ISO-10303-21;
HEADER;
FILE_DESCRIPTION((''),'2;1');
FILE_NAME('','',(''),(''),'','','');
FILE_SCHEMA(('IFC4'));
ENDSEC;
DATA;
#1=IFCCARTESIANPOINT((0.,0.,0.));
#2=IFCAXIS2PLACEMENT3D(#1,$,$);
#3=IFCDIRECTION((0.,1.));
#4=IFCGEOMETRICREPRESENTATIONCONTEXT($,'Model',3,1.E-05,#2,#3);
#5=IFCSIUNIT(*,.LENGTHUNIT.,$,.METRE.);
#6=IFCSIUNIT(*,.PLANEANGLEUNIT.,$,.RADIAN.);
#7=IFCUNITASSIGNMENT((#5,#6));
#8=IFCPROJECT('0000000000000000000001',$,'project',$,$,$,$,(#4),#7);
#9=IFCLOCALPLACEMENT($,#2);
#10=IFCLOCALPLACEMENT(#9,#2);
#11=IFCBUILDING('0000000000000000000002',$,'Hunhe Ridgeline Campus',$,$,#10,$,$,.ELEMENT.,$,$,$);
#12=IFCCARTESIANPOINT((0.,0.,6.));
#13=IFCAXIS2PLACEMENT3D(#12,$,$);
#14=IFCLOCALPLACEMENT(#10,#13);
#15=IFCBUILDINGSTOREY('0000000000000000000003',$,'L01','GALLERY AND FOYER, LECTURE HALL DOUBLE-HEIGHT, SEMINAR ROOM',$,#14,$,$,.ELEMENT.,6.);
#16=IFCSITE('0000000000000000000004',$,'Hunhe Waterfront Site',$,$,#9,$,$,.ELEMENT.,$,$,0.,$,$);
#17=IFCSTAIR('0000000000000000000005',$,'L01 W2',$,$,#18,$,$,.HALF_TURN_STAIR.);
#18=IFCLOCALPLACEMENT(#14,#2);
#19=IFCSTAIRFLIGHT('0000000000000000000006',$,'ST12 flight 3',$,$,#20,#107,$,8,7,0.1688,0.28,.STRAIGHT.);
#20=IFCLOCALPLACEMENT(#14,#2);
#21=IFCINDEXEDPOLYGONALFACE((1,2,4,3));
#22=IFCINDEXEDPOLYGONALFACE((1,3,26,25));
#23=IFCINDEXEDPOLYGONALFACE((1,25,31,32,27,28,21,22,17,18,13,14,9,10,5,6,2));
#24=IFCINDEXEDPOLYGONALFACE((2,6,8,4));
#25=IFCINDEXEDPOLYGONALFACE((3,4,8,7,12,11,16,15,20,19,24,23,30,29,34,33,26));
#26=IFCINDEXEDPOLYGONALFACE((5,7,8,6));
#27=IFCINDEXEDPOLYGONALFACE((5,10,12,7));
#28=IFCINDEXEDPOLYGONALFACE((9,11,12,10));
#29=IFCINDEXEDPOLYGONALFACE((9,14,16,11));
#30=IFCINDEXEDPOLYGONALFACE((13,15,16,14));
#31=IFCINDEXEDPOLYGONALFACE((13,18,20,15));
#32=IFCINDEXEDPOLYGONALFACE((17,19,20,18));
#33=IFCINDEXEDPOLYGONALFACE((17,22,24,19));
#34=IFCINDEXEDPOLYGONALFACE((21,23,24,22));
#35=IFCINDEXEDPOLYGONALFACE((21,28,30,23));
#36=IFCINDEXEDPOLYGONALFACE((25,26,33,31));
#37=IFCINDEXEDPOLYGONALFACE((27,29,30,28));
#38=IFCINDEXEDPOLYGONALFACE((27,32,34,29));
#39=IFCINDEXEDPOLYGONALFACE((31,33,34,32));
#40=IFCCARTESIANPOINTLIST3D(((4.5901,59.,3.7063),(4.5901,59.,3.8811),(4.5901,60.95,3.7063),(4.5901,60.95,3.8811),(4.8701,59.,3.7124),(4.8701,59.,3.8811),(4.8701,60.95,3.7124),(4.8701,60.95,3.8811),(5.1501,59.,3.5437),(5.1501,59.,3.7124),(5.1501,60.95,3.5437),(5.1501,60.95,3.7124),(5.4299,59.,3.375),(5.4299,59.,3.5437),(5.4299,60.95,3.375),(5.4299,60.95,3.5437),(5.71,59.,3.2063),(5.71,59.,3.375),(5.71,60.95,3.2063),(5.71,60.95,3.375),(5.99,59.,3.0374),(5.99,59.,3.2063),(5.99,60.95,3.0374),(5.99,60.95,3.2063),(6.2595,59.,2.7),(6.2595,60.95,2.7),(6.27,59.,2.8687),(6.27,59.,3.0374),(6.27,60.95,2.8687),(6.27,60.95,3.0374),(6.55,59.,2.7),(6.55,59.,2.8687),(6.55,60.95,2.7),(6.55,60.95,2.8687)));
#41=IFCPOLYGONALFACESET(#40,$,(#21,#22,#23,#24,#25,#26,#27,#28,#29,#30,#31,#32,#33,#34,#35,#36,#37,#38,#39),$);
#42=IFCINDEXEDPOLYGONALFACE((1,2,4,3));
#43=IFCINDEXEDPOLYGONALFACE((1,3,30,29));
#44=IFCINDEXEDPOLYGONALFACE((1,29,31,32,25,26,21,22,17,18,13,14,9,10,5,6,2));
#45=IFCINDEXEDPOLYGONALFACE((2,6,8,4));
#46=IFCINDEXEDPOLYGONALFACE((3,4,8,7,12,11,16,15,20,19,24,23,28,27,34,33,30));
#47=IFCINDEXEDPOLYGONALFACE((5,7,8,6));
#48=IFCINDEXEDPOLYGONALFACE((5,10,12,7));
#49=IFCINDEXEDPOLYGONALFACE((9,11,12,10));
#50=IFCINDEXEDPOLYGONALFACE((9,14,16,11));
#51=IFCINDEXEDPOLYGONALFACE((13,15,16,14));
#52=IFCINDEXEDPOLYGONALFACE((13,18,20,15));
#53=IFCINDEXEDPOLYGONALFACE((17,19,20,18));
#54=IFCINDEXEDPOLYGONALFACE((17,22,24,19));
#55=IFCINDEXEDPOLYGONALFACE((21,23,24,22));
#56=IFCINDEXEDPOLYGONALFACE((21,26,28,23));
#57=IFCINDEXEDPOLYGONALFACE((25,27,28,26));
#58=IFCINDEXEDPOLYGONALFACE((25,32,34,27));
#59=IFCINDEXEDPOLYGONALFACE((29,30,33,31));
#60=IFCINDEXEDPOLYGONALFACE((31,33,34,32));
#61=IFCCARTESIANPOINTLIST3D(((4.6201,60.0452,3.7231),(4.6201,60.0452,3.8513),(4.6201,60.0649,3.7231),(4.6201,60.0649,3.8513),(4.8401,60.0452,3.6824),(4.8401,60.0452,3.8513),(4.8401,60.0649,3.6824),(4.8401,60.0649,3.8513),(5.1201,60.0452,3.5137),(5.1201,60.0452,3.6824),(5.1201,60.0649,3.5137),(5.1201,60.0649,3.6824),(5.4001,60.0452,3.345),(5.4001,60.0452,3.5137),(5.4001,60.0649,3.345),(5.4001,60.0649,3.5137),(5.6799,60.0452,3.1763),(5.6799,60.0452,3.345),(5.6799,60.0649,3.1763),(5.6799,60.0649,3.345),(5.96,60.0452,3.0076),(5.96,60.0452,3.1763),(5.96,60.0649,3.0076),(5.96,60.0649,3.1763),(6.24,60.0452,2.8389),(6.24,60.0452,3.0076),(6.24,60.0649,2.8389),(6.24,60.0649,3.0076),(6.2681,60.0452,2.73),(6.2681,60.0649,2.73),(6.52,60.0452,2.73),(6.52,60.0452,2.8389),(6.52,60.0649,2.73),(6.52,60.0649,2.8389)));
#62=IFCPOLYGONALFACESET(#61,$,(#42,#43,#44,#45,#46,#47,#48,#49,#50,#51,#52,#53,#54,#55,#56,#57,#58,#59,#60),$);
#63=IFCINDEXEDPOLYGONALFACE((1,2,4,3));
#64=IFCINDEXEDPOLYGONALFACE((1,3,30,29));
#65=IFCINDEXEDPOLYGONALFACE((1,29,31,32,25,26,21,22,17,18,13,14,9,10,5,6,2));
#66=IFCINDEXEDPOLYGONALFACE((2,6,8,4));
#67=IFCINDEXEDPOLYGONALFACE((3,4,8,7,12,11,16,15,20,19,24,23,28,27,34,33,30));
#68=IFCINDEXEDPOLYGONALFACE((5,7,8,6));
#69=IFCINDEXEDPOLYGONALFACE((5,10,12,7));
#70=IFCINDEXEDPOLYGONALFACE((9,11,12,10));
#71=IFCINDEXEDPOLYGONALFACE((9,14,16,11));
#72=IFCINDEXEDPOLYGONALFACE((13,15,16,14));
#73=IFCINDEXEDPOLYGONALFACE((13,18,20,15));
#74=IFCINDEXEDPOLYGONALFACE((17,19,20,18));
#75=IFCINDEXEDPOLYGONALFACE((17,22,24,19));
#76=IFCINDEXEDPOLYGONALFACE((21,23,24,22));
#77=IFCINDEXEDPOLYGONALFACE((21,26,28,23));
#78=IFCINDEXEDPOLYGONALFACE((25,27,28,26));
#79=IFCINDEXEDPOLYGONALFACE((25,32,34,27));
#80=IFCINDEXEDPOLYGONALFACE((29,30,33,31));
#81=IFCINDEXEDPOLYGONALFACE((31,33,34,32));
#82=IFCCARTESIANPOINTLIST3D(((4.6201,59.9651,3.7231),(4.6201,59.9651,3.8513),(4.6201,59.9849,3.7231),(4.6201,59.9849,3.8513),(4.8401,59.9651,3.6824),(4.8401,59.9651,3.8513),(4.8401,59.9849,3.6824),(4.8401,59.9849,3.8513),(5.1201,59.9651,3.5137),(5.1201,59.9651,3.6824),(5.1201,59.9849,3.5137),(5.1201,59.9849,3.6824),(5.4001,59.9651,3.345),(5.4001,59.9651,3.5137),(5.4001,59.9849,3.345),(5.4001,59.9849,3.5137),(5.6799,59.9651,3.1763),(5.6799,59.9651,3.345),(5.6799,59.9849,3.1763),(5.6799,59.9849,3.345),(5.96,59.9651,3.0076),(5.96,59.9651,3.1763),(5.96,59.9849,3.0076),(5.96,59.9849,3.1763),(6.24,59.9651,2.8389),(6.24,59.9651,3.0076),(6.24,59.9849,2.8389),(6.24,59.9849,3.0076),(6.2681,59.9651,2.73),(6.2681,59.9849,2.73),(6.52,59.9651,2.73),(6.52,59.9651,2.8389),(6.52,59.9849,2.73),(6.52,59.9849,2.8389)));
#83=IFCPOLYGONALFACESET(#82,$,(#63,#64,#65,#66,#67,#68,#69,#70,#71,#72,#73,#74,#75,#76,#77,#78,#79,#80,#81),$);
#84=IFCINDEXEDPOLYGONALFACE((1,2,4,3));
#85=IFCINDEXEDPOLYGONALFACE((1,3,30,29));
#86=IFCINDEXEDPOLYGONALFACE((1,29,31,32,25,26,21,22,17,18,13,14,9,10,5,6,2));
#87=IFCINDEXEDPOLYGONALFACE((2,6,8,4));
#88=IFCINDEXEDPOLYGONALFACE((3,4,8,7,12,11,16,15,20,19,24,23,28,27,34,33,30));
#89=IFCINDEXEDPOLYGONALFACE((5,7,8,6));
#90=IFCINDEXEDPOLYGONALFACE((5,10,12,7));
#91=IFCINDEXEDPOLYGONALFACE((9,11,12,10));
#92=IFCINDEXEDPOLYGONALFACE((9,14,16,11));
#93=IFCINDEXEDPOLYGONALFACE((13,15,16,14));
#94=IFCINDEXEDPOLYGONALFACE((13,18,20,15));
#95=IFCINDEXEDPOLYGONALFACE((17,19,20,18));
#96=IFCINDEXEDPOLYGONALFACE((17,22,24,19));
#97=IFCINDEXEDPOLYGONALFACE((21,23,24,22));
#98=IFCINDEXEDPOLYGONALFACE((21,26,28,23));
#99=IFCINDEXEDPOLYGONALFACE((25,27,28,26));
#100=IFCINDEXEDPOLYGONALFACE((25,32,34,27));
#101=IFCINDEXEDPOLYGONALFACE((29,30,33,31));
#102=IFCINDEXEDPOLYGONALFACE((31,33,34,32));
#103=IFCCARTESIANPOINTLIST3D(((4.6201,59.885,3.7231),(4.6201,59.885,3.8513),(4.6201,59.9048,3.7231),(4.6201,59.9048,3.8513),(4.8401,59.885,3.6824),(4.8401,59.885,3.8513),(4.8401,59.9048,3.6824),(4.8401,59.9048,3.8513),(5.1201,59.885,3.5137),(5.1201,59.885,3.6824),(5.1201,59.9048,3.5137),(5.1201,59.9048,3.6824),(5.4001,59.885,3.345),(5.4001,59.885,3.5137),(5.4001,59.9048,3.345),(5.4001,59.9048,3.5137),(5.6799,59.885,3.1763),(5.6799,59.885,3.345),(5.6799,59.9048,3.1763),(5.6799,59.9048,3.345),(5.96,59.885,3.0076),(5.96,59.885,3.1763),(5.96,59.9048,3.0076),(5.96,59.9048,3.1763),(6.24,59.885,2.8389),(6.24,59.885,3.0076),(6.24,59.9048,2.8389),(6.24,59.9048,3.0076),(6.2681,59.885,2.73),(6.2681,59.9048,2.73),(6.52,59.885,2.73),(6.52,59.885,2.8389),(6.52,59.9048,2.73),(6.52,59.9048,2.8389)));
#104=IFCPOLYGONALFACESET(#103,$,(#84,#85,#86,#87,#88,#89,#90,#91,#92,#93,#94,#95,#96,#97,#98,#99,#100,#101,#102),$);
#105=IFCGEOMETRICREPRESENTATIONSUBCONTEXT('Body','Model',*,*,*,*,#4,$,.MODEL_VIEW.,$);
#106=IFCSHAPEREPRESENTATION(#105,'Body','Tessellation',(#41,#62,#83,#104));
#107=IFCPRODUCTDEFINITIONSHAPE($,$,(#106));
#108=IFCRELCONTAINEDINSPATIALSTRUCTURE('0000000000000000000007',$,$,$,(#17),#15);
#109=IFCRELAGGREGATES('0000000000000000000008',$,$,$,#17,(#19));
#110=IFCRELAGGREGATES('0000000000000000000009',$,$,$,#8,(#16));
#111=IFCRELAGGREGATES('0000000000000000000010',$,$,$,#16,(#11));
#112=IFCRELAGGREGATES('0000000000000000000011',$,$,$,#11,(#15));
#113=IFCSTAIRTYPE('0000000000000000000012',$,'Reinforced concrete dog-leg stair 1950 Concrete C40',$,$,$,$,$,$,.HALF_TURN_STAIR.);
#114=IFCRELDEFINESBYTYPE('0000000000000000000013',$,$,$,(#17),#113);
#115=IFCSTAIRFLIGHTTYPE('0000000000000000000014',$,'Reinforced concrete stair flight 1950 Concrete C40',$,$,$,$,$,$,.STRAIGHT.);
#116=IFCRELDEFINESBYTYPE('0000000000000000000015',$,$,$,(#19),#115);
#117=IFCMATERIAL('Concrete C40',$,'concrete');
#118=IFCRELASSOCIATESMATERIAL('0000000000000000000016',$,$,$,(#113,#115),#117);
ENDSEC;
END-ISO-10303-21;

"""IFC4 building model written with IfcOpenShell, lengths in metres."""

from ifc_helpers import new_model, si_unit, direction, frame, origin, place, context, subcontext, project, spatial, polyline, outline, extrude, material, type_object, element, aggregate, save


model = new_model("IFC4")

# Units and contexts
model_context = context("Model", 3, precision=1e-05, world=origin(), true_north=direction((0.0, 1.0)))
body_context = subcontext(model_context, "Body", "Model", "MODEL_VIEW")
ifc_project = project(units=[si_unit("LENGTHUNIT", "METRE"), si_unit("PLANEANGLEUNIT", "RADIAN")], contexts=[model_context])

# Site, building, storey
site_placement = place(None, origin())
site = spatial("IfcSite", under=ifc_project, at=site_placement, Name="Hunhe Waterfront Site", CompositionType="ELEMENT", RefElevation=0.0)
building_placement = place(site_placement, origin())
building = spatial("IfcBuilding", under=site, at=building_placement, Name="Hunhe Ridgeline Campus", CompositionType="ELEMENT")
storey_placement = place(building_placement, frame((0.0, 0.0, 6.0)))
storey = spatial("IfcBuildingStorey", under=building, at=storey_placement, Name="L01", Description="GALLERY AND FOYER, LECTURE HALL DOUBLE-HEIGHT, SEMINAR ROOM", CompositionType="ELEMENT", Elevation=6.0)

# Stair, stair flight
ifc_material_1 = material(Name="Concrete C40", Category="concrete")
stair_type = type_object("IfcStairType", Name="Reinforced concrete dog-leg stair 1950 Concrete C40", PredefinedType="HALF_TURN_STAIR", material=ifc_material_1)
stair_placement = place(storey_placement, origin())
stair = element("IfcStair", 1, at=stair_placement, inside=storey, type_object=stair_type, Name="L01 W2", PredefinedType="HALF_TURN_STAIR")
stair_flight_type = type_object("IfcStairFlightType", Name="Reinforced concrete stair flight 1950 Concrete C40", PredefinedType="STRAIGHT", material=ifc_material_1)
stair_flight_1_placement = place(storey_placement, frame((6.55, 59.9751, 2.7), z_axis=(0.0, 0.0, 1.0), x_axis=(-1.0, 0.0, 0.0)))
stair_flight_1 = element("IfcStairFlight", 2, at=stair_flight_1_placement, type_object=stair_flight_type, Name="ST12 flight 3", NumberOfRisers=8, NumberOfTreads=7, PredefinedType="STRAIGHT", RiserHeight=0.1688, TreadLength=0.28, context=body_context, shape_type="SweptSolid", body=[
    extrude(outline(polyline([(0.0, 0.0), (0.0, 0.1687), (0.28, 0.1687), (0.28, 0.3374), (0.5601, 0.3374), (0.5601, 0.5063), (0.8401, 0.5063), (0.8401, 0.675), (1.1201, 0.675), (1.1201, 0.8438), (1.3999, 0.8438), (1.3999, 1.0125), (1.6799, 1.0125), (1.6799, 1.1812), (1.96, 1.1812), (1.96, 1.3501), (1.96, 1.0063), (0.2905, 0.0), (0.0, 0.0)])), frame((0.0, 0.9751, 0.0), z_axis=(0.0, -1.0, 0.0), x_axis=(1.0, 0.0, 0.0)), (0.0, 0.0, 1.0), 1.95),
    extrude(outline(polyline([(0.03, 0.03), (0.03, 0.1389), (0.3101, 0.1389), (0.3101, 0.3076), (0.5901, 0.3076), (0.5901, 0.4763), (0.8701, 0.4763), (0.8701, 0.645), (1.1499, 0.645), (1.1499, 0.8137), (1.4299, 0.8137), (1.4299, 0.9824), (1.71, 0.9824), (1.71, 1.1514), (1.9299, 1.1514), (1.9299, 1.0232), (0.282, 0.03), (0.03, 0.03)])), frame((0.0, -0.0701, 0.0), z_axis=(0.0, -1.0, 0.0), x_axis=(1.0, 0.0, 0.0)), (0.0, 0.0, 1.0), 0.0198),
    extrude(outline(polyline([(0.03, 0.03), (0.03, 0.1389), (0.3101, 0.1389), (0.3101, 0.3076), (0.5901, 0.3076), (0.5901, 0.4763), (0.8701, 0.4763), (0.8701, 0.645), (1.1499, 0.645), (1.1499, 0.8137), (1.4299, 0.8137), (1.4299, 0.9824), (1.71, 0.9824), (1.71, 1.1514), (1.9299, 1.1514), (1.9299, 1.0232), (0.282, 0.03), (0.03, 0.03)])), frame((0.0, 0.01, 0.0), z_axis=(0.0, -1.0, 0.0), x_axis=(1.0, 0.0, 0.0)), (0.0, 0.0, 1.0), 0.0198),
    extrude(outline(polyline([(0.03, 0.03), (0.03, 0.1389), (0.3101, 0.1389), (0.3101, 0.3076), (0.5901, 0.3076), (0.5901, 0.4763), (0.8701, 0.4763), (0.8701, 0.645), (1.1499, 0.645), (1.1499, 0.8137), (1.4299, 0.8137), (1.4299, 0.9824), (1.71, 0.9824), (1.71, 1.1514), (1.9299, 1.1514), (1.9299, 1.0232), (0.282, 0.03), (0.03, 0.03)])), frame((0.0, 0.0901, 0.0), z_axis=(0.0, -1.0, 0.0), x_axis=(1.0, 0.0, 0.0)), (0.0, 0.0, 1.0), 0.0198),
])
aggregate(stair, [stair_flight_1])

save(model, "model.ifc")
